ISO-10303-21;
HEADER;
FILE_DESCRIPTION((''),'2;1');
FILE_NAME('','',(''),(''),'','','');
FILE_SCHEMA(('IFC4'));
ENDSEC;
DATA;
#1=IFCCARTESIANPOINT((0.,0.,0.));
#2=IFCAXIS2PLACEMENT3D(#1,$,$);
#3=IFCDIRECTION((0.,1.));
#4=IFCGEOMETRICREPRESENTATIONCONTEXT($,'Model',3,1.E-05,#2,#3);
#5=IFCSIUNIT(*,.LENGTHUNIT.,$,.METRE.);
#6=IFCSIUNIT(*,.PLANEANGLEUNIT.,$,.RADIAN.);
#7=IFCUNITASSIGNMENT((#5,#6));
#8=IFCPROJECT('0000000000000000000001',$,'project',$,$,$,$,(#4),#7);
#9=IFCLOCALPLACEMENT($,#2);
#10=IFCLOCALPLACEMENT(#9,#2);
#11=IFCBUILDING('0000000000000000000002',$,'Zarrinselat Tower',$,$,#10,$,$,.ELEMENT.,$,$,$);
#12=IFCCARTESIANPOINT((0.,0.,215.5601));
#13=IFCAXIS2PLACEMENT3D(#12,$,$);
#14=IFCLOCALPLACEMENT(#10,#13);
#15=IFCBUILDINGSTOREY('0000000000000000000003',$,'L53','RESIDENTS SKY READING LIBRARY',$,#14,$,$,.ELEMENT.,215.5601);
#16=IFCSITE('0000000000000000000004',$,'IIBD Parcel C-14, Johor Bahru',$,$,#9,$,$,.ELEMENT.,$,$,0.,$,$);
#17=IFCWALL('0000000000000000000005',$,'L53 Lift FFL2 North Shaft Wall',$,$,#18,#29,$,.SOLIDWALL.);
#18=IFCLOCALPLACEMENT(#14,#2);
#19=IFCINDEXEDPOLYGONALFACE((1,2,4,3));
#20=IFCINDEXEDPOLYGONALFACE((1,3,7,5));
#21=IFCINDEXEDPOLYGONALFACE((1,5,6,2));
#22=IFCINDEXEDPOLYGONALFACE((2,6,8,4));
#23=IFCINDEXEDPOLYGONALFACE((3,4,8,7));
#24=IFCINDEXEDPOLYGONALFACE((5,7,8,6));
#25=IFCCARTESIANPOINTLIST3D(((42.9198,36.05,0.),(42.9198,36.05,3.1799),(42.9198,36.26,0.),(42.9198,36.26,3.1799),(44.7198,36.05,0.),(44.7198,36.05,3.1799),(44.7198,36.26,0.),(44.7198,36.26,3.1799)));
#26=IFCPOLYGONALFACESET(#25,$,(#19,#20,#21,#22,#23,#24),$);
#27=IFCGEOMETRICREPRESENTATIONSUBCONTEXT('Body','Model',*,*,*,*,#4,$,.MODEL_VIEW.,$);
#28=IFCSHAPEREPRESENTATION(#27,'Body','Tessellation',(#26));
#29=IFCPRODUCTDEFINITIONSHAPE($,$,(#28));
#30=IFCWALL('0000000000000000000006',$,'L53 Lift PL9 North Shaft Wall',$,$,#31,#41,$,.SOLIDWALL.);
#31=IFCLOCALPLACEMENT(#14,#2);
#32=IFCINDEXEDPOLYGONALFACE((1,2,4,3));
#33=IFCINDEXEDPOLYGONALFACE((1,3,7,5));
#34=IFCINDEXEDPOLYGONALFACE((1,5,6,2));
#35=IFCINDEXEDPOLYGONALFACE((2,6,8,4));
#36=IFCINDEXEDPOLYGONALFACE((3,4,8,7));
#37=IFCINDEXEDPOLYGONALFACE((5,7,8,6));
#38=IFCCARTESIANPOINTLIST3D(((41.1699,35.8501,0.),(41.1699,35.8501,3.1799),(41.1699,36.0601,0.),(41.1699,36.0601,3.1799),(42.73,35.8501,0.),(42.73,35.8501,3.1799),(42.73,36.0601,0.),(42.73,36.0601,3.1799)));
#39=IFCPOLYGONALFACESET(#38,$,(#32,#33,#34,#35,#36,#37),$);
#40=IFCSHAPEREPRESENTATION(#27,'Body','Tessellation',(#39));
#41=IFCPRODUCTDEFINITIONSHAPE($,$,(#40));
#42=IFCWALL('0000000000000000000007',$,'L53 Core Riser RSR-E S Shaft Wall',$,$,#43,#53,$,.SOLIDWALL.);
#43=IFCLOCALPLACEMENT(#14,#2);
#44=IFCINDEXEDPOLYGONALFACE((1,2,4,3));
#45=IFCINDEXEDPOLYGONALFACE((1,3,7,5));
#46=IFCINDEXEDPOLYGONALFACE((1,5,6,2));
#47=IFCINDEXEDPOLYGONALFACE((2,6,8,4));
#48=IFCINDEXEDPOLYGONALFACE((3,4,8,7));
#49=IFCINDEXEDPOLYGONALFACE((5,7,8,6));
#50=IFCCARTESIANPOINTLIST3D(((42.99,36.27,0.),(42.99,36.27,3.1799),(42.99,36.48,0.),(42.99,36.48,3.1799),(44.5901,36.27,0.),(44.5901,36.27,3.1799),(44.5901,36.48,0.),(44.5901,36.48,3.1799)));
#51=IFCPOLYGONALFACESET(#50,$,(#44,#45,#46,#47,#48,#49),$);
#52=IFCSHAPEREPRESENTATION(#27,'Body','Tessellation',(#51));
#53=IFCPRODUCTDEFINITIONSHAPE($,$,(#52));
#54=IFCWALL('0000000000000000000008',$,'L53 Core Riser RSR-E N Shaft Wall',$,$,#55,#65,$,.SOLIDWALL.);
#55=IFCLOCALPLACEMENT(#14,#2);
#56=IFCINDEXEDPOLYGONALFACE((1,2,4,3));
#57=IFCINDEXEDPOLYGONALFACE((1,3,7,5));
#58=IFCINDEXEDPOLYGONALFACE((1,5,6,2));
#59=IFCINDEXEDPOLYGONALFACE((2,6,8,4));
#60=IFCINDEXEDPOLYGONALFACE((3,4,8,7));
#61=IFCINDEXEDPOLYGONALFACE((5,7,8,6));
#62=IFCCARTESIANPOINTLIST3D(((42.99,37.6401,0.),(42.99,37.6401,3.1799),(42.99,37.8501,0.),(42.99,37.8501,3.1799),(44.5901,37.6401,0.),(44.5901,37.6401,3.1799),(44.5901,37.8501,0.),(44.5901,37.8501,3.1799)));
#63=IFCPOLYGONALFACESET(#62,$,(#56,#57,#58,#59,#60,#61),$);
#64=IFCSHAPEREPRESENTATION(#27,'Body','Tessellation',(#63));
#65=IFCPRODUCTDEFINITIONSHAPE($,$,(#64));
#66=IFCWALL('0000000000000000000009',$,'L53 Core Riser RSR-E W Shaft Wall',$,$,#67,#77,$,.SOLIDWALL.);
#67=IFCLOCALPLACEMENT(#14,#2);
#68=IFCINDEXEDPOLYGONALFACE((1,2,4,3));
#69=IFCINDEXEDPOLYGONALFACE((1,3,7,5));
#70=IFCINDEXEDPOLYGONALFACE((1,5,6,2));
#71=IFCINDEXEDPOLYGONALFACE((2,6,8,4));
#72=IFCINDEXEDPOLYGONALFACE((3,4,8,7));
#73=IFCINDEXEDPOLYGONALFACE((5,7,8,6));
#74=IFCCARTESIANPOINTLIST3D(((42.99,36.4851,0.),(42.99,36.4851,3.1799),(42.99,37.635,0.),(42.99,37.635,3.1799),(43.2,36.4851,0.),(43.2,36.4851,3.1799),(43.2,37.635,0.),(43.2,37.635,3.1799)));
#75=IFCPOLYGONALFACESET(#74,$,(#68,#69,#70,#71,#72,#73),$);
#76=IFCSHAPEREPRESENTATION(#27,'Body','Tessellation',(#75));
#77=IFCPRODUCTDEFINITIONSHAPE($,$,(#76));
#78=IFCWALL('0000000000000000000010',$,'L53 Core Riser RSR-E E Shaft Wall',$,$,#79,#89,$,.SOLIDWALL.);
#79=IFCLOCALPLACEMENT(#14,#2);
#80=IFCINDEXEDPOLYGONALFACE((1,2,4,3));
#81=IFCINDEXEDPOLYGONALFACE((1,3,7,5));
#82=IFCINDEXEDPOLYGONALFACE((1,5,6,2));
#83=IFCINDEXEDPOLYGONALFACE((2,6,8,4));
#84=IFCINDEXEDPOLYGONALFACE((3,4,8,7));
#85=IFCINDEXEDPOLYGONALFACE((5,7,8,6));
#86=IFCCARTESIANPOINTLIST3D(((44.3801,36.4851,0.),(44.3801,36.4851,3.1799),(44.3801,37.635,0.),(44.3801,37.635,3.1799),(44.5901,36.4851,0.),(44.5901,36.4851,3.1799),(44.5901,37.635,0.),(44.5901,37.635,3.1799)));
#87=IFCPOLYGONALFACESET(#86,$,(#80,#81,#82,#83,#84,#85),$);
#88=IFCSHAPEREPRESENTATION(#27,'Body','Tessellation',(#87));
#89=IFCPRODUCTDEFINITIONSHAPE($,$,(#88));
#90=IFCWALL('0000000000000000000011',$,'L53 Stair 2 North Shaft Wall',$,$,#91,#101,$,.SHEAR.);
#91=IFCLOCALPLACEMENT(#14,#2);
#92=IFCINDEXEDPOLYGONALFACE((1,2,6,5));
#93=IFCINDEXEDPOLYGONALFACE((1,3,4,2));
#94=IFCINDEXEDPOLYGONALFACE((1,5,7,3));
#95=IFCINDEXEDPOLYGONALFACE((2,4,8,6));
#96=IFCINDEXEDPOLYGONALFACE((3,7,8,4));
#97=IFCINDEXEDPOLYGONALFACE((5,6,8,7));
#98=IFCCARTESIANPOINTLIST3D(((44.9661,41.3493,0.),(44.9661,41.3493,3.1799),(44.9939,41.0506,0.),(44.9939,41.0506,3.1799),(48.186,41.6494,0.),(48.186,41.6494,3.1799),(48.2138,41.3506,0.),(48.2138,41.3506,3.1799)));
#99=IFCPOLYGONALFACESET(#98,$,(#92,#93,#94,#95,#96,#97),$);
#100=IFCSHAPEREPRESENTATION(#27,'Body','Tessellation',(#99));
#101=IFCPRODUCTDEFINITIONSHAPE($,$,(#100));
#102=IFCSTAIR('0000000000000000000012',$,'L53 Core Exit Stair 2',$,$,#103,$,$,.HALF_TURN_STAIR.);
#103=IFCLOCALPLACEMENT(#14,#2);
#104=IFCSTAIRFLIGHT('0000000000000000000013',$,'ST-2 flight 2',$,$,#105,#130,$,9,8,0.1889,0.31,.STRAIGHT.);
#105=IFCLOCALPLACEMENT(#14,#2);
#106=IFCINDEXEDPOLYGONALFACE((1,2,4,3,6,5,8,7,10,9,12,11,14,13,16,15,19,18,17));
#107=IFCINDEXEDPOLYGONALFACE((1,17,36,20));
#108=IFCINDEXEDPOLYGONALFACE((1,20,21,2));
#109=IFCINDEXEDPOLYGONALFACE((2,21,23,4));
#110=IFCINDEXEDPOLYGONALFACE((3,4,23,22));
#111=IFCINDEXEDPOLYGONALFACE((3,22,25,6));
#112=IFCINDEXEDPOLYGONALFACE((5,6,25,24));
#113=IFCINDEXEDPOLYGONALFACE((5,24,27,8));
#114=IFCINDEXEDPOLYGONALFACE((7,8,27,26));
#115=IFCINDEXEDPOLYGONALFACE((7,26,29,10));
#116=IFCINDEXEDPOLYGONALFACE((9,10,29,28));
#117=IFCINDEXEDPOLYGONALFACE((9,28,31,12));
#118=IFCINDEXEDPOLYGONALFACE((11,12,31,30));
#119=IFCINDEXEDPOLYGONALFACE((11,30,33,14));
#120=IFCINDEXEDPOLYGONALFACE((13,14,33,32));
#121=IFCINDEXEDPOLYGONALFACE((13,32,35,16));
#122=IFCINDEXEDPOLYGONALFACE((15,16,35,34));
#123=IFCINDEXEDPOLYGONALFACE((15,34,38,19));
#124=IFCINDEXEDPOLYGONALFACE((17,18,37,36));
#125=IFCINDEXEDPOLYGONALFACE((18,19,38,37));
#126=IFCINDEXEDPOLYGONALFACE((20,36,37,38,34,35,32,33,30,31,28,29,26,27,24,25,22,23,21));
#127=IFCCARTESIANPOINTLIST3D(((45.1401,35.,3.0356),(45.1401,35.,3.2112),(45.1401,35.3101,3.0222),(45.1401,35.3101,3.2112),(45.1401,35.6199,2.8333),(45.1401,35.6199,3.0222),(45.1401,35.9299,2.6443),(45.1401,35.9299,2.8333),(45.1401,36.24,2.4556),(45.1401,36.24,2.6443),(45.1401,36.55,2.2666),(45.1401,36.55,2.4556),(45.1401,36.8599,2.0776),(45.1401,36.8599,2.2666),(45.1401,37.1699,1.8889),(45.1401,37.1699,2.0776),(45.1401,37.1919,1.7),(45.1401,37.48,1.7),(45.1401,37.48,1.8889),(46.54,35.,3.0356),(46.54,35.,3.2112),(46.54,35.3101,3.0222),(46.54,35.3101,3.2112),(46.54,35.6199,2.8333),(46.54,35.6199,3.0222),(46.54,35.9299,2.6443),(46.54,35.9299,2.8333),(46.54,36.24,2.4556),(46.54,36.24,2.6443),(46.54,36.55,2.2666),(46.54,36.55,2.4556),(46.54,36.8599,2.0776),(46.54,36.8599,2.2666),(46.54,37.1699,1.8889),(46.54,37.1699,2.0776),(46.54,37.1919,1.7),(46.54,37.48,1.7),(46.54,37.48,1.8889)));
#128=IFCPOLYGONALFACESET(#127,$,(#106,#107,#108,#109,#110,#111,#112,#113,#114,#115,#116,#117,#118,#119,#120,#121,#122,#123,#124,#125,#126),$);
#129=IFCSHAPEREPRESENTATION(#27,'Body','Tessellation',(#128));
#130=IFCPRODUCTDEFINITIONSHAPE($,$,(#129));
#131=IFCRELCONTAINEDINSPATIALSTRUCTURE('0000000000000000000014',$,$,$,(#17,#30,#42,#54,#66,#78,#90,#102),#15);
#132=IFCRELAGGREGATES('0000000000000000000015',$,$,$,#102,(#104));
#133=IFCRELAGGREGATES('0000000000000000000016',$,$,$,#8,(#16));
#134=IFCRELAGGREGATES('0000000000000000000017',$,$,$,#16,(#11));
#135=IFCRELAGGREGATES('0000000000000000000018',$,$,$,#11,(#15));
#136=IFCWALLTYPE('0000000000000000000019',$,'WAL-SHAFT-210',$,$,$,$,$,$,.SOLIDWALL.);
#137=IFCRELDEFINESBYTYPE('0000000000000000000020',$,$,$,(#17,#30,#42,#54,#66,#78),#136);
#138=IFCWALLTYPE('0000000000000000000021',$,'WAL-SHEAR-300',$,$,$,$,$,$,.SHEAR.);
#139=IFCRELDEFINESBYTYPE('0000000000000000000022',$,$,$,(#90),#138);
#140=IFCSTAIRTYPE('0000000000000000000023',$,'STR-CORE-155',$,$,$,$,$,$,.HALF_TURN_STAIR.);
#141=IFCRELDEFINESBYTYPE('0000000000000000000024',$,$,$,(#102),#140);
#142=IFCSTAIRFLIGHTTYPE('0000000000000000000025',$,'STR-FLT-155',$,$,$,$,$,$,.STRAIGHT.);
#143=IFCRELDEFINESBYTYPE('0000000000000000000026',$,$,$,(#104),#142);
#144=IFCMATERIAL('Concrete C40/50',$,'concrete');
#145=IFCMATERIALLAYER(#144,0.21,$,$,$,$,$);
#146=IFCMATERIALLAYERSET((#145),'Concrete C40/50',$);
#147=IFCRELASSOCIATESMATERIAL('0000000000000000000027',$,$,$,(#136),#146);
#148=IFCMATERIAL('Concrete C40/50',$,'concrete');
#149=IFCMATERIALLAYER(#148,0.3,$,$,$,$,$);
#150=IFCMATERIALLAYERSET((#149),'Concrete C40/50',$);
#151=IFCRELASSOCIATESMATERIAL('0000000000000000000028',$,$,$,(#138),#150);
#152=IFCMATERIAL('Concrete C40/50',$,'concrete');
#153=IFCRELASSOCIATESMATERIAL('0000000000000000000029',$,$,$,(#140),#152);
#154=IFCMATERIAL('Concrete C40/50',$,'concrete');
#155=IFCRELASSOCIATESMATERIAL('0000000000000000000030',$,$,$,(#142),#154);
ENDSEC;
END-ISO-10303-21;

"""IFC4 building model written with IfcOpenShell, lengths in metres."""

from ifc_helpers import new_model, si_unit, direction, frame, frame_2d, origin, place, context, subcontext, project, spatial, polyline, rectangle, outline, extrude, material, layer, layer_set, type_object, element, aggregate, save


model = new_model("IFC4")

# Units and contexts
model_context = context("Model", 3, precision=1e-05, world=origin(), true_north=direction((0.0, 1.0)))
body_context = subcontext(model_context, "Body", "Model", "MODEL_VIEW")
ifc_project = project(units=[si_unit("LENGTHUNIT", "METRE"), si_unit("PLANEANGLEUNIT", "RADIAN")], contexts=[model_context])

# Site, building, storey
site_placement = place(None, origin())
site = spatial("IfcSite", under=ifc_project, at=site_placement, Name="IIBD Parcel C-14, Johor Bahru", CompositionType="ELEMENT", RefElevation=0.0)
building_placement = place(site_placement, origin())
building = spatial("IfcBuilding", under=site, at=building_placement, Name="Zarrinselat Tower", CompositionType="ELEMENT")
storey_placement = place(building_placement, frame((0.0, 0.0, 215.5601)))
storey = spatial("IfcBuildingStorey", under=building, at=storey_placement, Name="L53", Description="RESIDENTS SKY READING LIBRARY", CompositionType="ELEMENT", Elevation=215.5601)

# Walls
ifc_material_1 = material(Name="Concrete C40/50", Category="concrete")
ifc_layer_1 = layer(ifc_material_1, 0.21)
ifc_layer_set_1 = layer_set([ifc_layer_1], Name="Concrete C40/50")
wall_type_1 = type_object("IfcWallType", Name="WAL-SHAFT-210", PredefinedType="SOLIDWALL", material=ifc_layer_set_1)
wall_1_placement = place(storey_placement, frame((42.9199, 36.155, 0.0), z_axis=(0.0, 0.0, 1.0), x_axis=(1.0, 0.0, 0.0)))
element("IfcWall", 1, at=wall_1_placement, inside=storey, type_object=wall_type_1, Name="L53 Lift FFL2 North Shaft Wall", PredefinedType="SOLIDWALL", context=body_context, shape_type="SweptSolid", body=[
    extrude(rectangle(XDim=1.8, YDim=0.21, at=frame_2d((0.8999, 0.0))), origin(), (0.0, 0.0, 1.0), 3.1799),
])
wall_2_placement = place(storey_placement, frame((41.1699, 35.9551, 0.0), z_axis=(0.0, 0.0, 1.0), x_axis=(1.0, 0.0, 0.0)))
element("IfcWall", 2, at=wall_2_placement, inside=storey, type_object=wall_type_1, Name="L53 Lift PL9 North Shaft Wall", PredefinedType="SOLIDWALL", context=body_context, shape_type="SweptSolid", body=[
    extrude(rectangle(XDim=1.5601, YDim=0.21, at=frame_2d((0.78, 0.0))), origin(), (0.0, 0.0, 1.0), 3.1799),
])
for number, where, z_axis, x_axis, name in (
    (3, (42.99, 36.375, 0.0), (0.0, 0.0, 1.0), (1.0, 0.0, 0.0), "L53 Core Riser RSR-E S Shaft Wall"),
    (4, (42.99, 37.7451, 0.0), (0.0, 0.0, 1.0), (1.0, 0.0, 0.0), "L53 Core Riser RSR-E N Shaft Wall"),
):
    element("IfcWall", number, at=place(storey_placement, frame(where, z_axis=z_axis, x_axis=x_axis)), inside=storey, type_object=wall_type_1, Name=name, PredefinedType="SOLIDWALL", context=body_context, shape_type="SweptSolid", body=[
        extrude(rectangle(XDim=1.6001, YDim=0.21, at=frame_2d((0.8, 0.0))), origin(), (0.0, 0.0, 1.0), 3.1799),
    ])
for number, where, z_axis, x_axis, name in (
    (5, (43.095, 36.4851, 0.0), (0.0, 0.0, 1.0), (0.0, 1.0, 0.0), "L53 Core Riser RSR-E W Shaft Wall"),
    (6, (44.4851, 36.4851, 0.0), (0.0, 0.0, 1.0), (0.0, 1.0, 0.0), "L53 Core Riser RSR-E E Shaft Wall"),
):
    element("IfcWall", number, at=place(storey_placement, frame(where, z_axis=z_axis, x_axis=x_axis)), inside=storey, type_object=wall_type_1, Name=name, PredefinedType="SOLIDWALL", context=body_context, shape_type="SweptSolid", body=[
        extrude(rectangle(XDim=1.1499, YDim=0.21, at=frame_2d((0.575, 0.0))), origin(), (0.0, 0.0, 1.0), 3.1799),
    ])
ifc_material_2 = material(Name="Concrete C40/50", Category="concrete")
ifc_layer_2 = layer(ifc_material_2, 0.3)
ifc_layer_set_2 = layer_set([ifc_layer_2], Name="Concrete C40/50")
wall_type_2 = type_object("IfcWallType", Name="WAL-SHEAR-300", PredefinedType="SHEAR", material=ifc_layer_set_2)
wall_3_placement = place(storey_placement, frame((44.98, 41.2, 0.0), z_axis=(0.0, 0.0, 1.0), x_axis=(0.995686, 0.092782, 0.0)))
element("IfcWall", 7, at=wall_3_placement, inside=storey, type_object=wall_type_2, Name="L53 Stair 2 North Shaft Wall", PredefinedType="SHEAR", context=body_context, shape_type="SweptSolid", body=[
    extrude(rectangle(XDim=3.2339, YDim=0.3, at=frame_2d((1.6169, 0.0))), origin(), (0.0, 0.0, 1.0), 3.1799),
])

# Stair, stair flight
ifc_material_3 = material(Name="Concrete C40/50", Category="concrete")
stair_type = type_object("IfcStairType", Name="STR-CORE-155", PredefinedType="HALF_TURN_STAIR", material=ifc_material_3)
stair_placement = place(storey_placement, origin())
stair = element("IfcStair", 8, at=stair_placement, inside=storey, type_object=stair_type, Name="L53 Core Exit Stair 2", PredefinedType="HALF_TURN_STAIR")
ifc_material_4 = material(Name="Concrete C40/50", Category="concrete")
stair_flight_type = type_object("IfcStairFlightType", Name="STR-FLT-155", PredefinedType="STRAIGHT", material=ifc_material_4)
stair_flight_placement = place(storey_placement, frame((45.8401, 37.48, 1.7), z_axis=(0.0, 0.0, 1.0), x_axis=(0.0, -1.0, 0.0)))
stair_flight = element("IfcStairFlight", 9, at=stair_flight_placement, type_object=stair_flight_type, Name="ST-2 flight 2", NumberOfRisers=9, NumberOfTreads=8, PredefinedType="STRAIGHT", RiserHeight=0.1889, TreadLength=0.31, context=body_context, shape_type="SweptSolid", body=[
    extrude(outline(polyline([(0.0, 0.0), (0.0, 0.189), (0.3101, 0.189), (0.3101, 0.3777), (0.6201, 0.3777), (0.6201, 0.5667), (0.9299, 0.5667), (0.9299, 0.7556), (1.24, 0.7556), (1.24, 0.9443), (1.55, 0.9443), (1.55, 1.1333), (1.8601, 1.1333), (1.8601, 1.3223), (2.1699, 1.3223), (2.1699, 1.5112), (2.48, 1.5112), (2.48, 1.7), (2.48, 1.3357), (0.2881, 0.0), (0.0, 0.0)])), frame((0.0, 0.7, 0.0), z_axis=(0.0, -1.0, 0.0), x_axis=(1.0, 0.0, 0.0)), (0.0, 0.0, 1.0), 1.3999),
])
aggregate(stair, [stair_flight])

save(model, "model.ifc")
